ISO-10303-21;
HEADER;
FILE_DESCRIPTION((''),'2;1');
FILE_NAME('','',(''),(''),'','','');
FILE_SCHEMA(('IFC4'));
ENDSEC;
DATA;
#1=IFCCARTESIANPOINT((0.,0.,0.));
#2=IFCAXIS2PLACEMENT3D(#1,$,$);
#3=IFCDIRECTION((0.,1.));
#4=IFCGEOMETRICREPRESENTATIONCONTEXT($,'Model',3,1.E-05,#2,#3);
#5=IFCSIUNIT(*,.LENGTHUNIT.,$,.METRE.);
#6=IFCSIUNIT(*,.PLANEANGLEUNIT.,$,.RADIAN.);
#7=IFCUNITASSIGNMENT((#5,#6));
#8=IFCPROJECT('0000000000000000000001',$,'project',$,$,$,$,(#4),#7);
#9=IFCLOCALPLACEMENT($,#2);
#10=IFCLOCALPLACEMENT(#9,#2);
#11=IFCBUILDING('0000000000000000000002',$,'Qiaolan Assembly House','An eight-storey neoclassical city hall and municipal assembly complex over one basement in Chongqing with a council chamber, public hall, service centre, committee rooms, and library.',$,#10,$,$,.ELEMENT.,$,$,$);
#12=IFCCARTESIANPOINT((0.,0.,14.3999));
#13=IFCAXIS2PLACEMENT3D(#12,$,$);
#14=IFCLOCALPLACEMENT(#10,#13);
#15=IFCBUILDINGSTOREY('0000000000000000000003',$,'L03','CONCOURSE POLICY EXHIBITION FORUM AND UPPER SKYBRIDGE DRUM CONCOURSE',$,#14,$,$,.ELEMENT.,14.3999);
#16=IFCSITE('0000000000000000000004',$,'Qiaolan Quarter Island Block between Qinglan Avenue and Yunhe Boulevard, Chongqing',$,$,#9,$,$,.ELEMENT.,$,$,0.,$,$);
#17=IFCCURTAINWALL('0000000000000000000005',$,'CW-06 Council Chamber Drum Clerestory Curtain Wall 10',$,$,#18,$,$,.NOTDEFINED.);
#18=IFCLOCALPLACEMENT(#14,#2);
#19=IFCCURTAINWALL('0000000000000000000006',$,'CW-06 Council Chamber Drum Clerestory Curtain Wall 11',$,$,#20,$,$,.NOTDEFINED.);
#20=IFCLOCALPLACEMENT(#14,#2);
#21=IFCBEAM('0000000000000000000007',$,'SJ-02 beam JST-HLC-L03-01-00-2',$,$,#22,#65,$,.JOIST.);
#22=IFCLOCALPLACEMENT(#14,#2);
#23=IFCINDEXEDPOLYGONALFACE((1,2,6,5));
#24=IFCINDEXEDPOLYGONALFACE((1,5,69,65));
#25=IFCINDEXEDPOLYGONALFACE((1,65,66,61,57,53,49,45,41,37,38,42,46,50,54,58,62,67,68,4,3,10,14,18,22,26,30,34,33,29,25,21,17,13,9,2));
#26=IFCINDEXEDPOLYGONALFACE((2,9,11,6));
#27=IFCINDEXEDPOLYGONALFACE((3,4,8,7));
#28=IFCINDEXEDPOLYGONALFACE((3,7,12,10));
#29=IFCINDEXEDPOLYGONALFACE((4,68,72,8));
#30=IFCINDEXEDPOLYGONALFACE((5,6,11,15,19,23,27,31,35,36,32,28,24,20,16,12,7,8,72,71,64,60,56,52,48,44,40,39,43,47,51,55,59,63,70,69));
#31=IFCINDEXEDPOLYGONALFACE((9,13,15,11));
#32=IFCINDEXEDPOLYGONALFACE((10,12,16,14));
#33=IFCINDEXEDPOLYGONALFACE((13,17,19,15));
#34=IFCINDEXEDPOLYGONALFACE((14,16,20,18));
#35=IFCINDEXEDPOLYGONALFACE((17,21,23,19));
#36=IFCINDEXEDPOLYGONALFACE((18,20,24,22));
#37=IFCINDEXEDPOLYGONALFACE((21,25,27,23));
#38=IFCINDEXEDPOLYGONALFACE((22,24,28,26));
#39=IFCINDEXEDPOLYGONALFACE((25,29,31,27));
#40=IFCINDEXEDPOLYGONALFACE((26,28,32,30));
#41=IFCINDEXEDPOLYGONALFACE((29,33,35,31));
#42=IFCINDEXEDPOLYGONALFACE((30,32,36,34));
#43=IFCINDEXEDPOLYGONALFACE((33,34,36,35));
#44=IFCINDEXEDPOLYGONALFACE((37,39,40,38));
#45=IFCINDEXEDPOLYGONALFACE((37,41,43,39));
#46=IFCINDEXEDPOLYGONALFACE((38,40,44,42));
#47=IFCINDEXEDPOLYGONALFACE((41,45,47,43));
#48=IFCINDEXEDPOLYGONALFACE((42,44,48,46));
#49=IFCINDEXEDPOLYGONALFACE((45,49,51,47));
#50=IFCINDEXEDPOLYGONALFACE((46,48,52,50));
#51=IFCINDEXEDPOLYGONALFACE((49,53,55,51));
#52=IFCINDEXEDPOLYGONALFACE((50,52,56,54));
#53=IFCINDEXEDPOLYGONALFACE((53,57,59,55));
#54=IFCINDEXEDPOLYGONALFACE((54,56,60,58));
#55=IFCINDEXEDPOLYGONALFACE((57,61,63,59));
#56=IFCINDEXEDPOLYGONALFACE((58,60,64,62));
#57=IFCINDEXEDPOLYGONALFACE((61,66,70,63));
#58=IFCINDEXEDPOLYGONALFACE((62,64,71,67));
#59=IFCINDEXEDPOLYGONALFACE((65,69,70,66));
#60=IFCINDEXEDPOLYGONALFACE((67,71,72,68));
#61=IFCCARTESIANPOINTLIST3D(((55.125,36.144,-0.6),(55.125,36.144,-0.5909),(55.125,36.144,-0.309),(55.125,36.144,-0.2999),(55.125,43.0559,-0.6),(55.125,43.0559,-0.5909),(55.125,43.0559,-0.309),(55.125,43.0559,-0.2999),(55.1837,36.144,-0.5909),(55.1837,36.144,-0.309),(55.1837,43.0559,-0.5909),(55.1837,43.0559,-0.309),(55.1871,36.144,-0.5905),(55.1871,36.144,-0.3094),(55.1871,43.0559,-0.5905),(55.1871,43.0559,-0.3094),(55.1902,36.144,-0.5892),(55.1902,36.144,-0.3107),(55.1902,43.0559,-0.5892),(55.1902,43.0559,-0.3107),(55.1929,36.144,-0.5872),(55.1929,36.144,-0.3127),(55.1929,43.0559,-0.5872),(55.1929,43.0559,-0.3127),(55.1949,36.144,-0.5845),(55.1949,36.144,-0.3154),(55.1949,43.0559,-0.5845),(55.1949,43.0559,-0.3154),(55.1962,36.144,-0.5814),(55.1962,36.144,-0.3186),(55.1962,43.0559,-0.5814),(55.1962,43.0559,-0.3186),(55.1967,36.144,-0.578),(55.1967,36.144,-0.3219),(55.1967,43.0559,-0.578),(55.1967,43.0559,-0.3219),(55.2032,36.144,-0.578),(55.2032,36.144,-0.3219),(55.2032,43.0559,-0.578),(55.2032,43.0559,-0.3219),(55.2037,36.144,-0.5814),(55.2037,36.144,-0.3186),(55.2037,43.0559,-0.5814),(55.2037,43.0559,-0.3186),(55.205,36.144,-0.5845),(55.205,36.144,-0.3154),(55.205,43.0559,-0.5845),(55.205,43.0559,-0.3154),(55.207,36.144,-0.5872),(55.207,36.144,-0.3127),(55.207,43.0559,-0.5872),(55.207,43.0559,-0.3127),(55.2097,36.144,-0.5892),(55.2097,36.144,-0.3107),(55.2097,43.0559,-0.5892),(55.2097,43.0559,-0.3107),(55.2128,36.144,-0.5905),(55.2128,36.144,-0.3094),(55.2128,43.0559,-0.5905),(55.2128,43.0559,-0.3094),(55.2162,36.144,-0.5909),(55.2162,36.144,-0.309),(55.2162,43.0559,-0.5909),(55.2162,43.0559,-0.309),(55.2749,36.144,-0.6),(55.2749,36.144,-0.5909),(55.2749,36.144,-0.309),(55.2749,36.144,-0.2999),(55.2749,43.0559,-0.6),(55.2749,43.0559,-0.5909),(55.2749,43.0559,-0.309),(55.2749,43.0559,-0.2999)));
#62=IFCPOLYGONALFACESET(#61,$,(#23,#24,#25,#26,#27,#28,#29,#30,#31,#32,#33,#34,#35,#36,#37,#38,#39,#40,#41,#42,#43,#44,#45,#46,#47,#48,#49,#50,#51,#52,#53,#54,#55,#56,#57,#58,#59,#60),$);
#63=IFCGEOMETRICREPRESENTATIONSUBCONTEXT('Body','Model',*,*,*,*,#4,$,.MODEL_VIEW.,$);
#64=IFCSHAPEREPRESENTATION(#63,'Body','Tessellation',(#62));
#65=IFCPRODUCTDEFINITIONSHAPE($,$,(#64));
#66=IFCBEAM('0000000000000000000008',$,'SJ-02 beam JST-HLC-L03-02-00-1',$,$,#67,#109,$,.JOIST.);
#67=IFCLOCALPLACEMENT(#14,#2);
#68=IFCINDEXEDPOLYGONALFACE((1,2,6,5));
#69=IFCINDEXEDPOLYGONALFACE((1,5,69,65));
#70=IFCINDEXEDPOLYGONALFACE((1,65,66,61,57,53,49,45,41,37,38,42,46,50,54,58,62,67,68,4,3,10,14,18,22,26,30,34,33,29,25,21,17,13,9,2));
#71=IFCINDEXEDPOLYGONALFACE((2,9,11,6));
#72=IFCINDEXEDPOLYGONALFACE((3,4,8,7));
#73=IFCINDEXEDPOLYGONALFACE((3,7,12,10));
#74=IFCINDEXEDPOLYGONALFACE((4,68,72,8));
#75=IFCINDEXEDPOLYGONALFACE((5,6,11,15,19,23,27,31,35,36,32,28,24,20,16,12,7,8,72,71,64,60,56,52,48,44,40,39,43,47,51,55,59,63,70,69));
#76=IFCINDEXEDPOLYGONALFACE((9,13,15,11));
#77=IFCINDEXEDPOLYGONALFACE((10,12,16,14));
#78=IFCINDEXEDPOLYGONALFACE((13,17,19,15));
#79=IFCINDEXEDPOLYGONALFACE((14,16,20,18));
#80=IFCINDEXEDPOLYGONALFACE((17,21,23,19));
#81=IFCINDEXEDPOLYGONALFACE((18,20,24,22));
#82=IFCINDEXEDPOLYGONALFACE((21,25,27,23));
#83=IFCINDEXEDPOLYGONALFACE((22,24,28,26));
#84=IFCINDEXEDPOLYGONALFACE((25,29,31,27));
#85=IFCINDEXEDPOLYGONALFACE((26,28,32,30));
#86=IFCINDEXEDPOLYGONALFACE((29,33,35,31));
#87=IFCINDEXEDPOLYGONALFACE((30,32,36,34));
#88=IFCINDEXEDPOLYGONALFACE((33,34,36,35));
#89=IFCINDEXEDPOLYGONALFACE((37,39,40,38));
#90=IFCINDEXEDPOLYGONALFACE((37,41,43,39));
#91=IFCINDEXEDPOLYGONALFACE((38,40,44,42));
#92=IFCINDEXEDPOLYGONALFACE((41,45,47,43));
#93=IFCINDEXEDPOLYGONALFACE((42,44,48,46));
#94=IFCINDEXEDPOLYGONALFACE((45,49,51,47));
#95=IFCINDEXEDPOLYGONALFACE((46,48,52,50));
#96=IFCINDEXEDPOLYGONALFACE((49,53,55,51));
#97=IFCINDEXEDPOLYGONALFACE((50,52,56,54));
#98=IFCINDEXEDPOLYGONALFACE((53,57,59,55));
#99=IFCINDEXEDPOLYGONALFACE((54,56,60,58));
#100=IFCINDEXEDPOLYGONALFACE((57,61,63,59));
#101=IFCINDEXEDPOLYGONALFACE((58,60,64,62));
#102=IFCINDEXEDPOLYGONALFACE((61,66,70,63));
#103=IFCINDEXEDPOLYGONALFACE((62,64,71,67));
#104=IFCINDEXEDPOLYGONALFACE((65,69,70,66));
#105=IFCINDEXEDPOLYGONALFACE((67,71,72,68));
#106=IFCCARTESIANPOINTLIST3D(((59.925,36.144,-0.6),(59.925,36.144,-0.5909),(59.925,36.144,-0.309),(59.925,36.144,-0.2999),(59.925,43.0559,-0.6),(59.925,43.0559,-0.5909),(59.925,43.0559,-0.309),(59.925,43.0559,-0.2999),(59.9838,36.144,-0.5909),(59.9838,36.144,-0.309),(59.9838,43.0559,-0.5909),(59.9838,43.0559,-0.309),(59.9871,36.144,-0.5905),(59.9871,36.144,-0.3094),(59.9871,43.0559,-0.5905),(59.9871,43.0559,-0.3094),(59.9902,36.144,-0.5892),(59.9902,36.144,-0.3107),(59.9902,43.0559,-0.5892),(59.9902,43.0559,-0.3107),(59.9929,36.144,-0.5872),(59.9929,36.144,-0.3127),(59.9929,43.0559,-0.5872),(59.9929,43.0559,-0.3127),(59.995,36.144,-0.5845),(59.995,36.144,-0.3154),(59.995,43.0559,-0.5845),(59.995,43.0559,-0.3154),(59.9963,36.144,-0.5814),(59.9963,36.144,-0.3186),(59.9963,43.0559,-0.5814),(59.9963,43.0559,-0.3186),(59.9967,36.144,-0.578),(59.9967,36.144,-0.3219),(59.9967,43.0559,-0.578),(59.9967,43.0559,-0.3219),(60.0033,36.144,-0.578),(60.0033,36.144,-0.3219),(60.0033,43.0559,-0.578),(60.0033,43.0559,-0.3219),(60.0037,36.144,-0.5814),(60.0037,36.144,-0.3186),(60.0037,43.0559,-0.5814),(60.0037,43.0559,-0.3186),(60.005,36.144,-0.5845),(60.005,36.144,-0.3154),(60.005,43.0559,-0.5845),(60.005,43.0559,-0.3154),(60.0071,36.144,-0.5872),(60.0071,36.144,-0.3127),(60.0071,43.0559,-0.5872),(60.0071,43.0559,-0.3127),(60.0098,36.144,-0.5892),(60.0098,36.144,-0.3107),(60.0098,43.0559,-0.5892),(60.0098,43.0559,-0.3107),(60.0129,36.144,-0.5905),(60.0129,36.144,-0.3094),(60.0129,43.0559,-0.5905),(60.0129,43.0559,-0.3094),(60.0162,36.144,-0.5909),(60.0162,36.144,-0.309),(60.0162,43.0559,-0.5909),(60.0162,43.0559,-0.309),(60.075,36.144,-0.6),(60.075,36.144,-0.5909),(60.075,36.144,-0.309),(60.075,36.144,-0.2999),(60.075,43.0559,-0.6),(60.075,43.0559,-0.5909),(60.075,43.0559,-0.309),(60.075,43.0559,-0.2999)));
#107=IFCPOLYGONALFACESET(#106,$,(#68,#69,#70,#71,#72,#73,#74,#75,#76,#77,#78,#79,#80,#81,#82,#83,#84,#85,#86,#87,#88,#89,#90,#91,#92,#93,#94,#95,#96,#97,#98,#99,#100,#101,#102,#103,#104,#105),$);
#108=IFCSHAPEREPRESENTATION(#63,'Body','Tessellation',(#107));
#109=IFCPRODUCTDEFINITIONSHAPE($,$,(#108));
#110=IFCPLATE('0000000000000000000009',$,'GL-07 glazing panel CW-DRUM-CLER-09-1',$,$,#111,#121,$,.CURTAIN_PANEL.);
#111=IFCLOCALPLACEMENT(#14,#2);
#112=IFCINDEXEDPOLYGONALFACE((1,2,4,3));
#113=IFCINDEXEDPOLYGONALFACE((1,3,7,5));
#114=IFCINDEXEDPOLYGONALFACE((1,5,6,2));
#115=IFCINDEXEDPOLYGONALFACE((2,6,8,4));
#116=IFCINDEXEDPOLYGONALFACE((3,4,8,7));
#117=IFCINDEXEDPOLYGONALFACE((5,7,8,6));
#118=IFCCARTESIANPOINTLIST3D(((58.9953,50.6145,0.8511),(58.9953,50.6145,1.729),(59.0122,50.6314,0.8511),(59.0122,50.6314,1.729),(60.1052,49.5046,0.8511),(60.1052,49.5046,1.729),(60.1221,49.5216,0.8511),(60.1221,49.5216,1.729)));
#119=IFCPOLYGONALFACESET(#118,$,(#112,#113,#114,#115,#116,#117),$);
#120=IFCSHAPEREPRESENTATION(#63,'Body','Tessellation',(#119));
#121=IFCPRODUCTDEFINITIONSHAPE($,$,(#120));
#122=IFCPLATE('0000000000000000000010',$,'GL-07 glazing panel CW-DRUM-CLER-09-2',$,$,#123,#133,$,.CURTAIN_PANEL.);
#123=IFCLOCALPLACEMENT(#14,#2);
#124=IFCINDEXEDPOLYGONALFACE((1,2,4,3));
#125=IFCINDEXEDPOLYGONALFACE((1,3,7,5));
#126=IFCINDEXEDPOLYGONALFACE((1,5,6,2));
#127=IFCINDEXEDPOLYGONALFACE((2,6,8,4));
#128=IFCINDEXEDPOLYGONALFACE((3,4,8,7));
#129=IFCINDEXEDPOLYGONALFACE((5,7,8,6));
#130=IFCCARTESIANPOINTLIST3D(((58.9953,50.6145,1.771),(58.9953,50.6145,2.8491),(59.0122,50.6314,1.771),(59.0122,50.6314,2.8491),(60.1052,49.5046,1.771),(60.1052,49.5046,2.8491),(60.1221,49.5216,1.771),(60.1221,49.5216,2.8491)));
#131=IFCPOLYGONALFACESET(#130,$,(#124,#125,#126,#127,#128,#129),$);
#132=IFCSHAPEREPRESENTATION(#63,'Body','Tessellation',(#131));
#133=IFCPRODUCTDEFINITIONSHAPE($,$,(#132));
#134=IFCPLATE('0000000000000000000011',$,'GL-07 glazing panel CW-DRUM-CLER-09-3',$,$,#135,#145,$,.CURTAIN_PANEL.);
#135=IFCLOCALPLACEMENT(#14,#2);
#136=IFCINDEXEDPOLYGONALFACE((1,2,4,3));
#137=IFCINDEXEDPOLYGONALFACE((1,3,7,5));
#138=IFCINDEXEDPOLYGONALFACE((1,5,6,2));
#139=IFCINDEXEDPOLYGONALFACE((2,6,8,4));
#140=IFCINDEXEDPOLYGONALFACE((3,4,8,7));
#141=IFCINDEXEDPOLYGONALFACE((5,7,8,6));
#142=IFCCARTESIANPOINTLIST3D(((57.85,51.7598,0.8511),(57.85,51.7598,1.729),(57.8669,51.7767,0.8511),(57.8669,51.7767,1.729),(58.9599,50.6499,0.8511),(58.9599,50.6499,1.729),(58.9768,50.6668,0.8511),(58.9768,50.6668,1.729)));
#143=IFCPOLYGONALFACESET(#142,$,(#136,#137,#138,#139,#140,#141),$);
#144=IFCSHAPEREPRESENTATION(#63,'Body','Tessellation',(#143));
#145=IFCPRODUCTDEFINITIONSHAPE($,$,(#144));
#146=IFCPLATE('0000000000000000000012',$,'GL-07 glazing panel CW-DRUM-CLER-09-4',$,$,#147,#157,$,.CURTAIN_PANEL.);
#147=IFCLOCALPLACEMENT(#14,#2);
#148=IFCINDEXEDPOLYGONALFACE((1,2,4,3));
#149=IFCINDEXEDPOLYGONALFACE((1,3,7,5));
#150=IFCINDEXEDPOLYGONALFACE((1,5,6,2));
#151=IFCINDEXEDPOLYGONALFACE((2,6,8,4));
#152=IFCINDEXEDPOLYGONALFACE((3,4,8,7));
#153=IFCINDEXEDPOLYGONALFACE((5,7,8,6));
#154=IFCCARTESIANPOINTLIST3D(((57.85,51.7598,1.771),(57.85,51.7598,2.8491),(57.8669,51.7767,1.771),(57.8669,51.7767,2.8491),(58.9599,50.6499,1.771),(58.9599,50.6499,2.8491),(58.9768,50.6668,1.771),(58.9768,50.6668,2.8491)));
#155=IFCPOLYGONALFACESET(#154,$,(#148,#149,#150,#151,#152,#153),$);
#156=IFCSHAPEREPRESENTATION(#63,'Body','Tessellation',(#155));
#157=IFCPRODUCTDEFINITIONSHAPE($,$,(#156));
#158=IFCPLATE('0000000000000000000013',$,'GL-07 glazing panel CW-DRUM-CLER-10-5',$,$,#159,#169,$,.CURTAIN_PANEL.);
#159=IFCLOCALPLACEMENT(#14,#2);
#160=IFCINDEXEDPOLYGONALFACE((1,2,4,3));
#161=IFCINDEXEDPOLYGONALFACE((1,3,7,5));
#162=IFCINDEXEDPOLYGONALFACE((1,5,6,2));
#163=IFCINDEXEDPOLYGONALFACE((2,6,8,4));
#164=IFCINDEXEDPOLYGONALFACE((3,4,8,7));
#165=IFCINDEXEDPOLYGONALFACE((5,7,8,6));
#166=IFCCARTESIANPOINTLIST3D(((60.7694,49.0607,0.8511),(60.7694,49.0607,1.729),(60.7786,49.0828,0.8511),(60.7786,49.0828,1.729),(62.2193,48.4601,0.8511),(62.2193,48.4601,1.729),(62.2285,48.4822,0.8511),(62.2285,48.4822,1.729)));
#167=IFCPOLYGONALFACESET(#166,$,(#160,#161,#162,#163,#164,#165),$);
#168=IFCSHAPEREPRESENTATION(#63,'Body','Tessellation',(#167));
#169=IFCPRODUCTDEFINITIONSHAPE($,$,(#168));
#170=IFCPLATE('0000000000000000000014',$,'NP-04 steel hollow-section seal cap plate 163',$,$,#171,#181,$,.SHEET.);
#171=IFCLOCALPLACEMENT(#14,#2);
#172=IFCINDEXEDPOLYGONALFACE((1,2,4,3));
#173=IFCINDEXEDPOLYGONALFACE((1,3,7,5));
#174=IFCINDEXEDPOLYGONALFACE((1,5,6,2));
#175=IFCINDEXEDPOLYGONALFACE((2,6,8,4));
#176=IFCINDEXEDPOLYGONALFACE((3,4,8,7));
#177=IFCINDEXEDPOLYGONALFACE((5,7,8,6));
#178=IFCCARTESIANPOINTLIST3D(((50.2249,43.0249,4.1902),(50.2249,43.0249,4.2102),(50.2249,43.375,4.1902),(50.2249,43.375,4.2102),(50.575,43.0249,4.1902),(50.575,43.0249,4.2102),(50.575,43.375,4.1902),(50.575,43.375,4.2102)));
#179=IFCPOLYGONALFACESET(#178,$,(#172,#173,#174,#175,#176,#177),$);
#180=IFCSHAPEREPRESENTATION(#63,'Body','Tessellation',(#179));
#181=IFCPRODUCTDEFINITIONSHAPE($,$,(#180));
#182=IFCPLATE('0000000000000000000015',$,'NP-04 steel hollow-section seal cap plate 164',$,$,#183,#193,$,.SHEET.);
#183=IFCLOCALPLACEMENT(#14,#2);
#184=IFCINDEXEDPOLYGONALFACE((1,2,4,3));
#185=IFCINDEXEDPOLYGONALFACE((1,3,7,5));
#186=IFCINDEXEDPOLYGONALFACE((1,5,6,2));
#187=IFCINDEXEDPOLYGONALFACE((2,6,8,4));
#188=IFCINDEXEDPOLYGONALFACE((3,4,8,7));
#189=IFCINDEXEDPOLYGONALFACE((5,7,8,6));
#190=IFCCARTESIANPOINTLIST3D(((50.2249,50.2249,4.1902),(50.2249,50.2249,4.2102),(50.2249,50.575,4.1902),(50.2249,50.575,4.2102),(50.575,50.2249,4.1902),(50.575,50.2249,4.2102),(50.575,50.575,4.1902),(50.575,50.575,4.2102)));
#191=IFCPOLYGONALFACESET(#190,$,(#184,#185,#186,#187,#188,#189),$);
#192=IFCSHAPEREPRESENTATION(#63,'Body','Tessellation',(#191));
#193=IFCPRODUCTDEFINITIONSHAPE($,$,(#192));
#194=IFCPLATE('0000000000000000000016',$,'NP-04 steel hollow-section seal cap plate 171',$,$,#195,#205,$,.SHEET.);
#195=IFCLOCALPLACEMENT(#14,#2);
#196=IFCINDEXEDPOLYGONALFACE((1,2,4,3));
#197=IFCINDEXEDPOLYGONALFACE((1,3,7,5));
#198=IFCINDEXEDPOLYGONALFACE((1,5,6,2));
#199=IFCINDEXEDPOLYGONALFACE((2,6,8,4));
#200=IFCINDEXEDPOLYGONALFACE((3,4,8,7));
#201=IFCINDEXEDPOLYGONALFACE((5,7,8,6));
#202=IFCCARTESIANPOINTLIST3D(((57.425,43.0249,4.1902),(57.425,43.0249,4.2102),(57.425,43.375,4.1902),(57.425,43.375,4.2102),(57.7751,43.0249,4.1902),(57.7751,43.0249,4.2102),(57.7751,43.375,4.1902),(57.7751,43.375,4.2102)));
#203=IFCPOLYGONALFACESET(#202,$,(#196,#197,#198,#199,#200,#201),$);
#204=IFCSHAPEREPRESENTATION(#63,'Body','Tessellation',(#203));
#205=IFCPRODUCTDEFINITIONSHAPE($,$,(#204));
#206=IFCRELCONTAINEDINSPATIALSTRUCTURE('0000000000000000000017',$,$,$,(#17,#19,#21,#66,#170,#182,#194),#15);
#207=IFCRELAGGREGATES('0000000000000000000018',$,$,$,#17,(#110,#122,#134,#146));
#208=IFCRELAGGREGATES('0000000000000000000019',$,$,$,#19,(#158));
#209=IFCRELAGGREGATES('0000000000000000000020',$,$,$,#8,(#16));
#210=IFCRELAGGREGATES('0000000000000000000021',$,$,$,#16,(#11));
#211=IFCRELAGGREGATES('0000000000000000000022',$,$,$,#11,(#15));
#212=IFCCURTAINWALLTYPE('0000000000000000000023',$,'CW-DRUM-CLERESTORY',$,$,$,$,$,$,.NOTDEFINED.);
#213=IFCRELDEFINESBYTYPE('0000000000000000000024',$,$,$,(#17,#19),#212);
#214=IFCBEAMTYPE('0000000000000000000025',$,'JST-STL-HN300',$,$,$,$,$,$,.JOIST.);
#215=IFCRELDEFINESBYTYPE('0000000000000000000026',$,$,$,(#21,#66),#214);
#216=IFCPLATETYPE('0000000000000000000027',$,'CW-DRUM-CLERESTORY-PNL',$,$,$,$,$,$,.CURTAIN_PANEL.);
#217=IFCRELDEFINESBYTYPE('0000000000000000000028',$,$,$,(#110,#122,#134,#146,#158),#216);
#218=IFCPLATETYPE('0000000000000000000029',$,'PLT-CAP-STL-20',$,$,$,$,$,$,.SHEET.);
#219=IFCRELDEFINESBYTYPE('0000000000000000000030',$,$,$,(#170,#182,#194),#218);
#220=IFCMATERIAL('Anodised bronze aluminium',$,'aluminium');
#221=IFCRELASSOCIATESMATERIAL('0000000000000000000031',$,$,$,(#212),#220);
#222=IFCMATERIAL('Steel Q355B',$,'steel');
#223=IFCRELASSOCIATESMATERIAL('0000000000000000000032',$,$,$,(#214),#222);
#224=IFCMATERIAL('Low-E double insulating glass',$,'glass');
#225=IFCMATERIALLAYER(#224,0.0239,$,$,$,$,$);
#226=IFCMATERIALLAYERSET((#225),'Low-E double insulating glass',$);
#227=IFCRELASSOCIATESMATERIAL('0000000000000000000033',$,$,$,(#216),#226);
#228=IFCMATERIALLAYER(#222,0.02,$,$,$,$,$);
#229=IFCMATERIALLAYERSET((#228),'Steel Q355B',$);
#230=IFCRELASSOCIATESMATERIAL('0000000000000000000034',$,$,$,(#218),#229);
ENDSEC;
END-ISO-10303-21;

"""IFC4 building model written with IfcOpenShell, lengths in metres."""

from ifc_helpers import new_model, si_unit, direction, frame, frame_2d, origin, origin_2d, place, context, subcontext, project, spatial, rectangle, i_section, extrude, material, layer, layer_set, material_profile, profile_set, type_object, element, aggregate, save


model = new_model("IFC4")

# Units and contexts
model_context = context("Model", 3, precision=1e-05, world=origin(), true_north=direction((0.0, 1.0)))
body_context = subcontext(model_context, "Body", "Model", "MODEL_VIEW")
ifc_project = project(units=[si_unit("LENGTHUNIT", "METRE"), si_unit("PLANEANGLEUNIT", "RADIAN")], contexts=[model_context])

# Site, building, storey
site_placement = place(None, origin())
site = spatial("IfcSite", under=ifc_project, at=site_placement, Name="Qiaolan Quarter Island Block between Qinglan Avenue and Yunhe Boulevard, Chongqing", CompositionType="ELEMENT", RefElevation=0.0)
building_placement = place(site_placement, origin())
building = spatial("IfcBuilding", under=site, at=building_placement, Name="Qiaolan Assembly House", Description="An eight-storey neoclassical city hall and municipal assembly complex over one basement in Chongqing with a council chamber, public hall, service centre, committee rooms, and library.", CompositionType="ELEMENT")
storey_placement = place(building_placement, frame((0.0, 0.0, 14.3999)))
storey = spatial("IfcBuildingStorey", under=building, at=storey_placement, Name="L03", Description="CONCOURSE POLICY EXHIBITION FORUM AND UPPER SKYBRIDGE DRUM CONCOURSE", CompositionType="ELEMENT", Elevation=14.3999)

# Shared definitions
ifc_material_1 = material(Name="Steel Q355B", Category="steel")

# Curtain wall
ifc_material_2 = material(Name="Anodised bronze aluminium", Category="aluminium")
curtain_wall_type_1 = type_object("IfcCurtainWallType", Name="CW-DRUM-CLERESTORY", PredefinedType="NOTDEFINED", material=ifc_material_2)
curtain_wall_1_placement = place(storey_placement, origin())
curtain_wall_1 = element("IfcCurtainWall", 1, at=curtain_wall_1_placement, inside=storey, type_object=curtain_wall_type_1, Name="CW-06 Council Chamber Drum Clerestory Curtain Wall 10", PredefinedType="NOTDEFINED")

# Curtain wall
curtain_wall_2_placement = place(storey_placement, origin())
curtain_wall_2 = element("IfcCurtainWall", 2, at=curtain_wall_2_placement, inside=storey, type_object=curtain_wall_type_1, Name="CW-06 Council Chamber Drum Clerestory Curtain Wall 11", PredefinedType="NOTDEFINED")

# Beams
ifc_material_profile_1 = material_profile(ifc_material_1, i_section(OverallWidth=0.1499, OverallDepth=0.3, WebThickness=0.0066, FlangeThickness=0.009, FilletRadius=0.0129, at=origin_2d()), Name="HN 300x150x6.5x9")
ifc_profile_set_1 = profile_set([ifc_material_profile_1], Name="Steel Q355B")
beam_type_1 = type_object("IfcBeamType", Name="JST-STL-HN300", PredefinedType="JOIST", material=ifc_profile_set_1)
for number, where, z_axis, x_axis, name in (
    (3, (55.2, 36.144, -0.45), (0.0, 1.0, 0.0), (-1.0, 0.0, 0.0), "SJ-02 beam JST-HLC-L03-01-00-2"),
    (4, (60.0, 36.144, -0.45), (0.0, 1.0, 0.0), (-1.0, 0.0, 0.0), "SJ-02 beam JST-HLC-L03-02-00-1"),
):
    element("IfcBeam", number, at=place(storey_placement, frame(where, z_axis=z_axis, x_axis=x_axis)), inside=storey, type_object=beam_type_1, Name=name, PredefinedType="JOIST", context=body_context, shape_type="SweptSolid", body=[
        extrude(i_section(OverallWidth=0.1499, OverallDepth=0.3, WebThickness=0.0066, FlangeThickness=0.009, FilletRadius=0.0129, at=origin_2d()), origin(), (0.0, 0.0, 1.0), 6.9119),
    ])

# Plates
ifc_material_3 = material(Name="Low-E double insulating glass", Category="glass")
ifc_layer_1 = layer(ifc_material_3, 0.0239)
ifc_layer_set_1 = layer_set([ifc_layer_1], Name="Low-E double insulating glass")
plate_type_1 = type_object("IfcPlateType", Name="CW-DRUM-CLERESTORY-PNL", PredefinedType="CURTAIN_PANEL", material=ifc_layer_set_1)
plate_1_placement = place(storey_placement, frame((60.1135, 49.5132, 0.8511), z_axis=(0.0, 0.0, 1.0), x_axis=(-0.707107, 0.707107, 0.0)))
plate_1 = element("IfcPlate", 5, at=plate_1_placement, type_object=plate_type_1, Name="GL-07 glazing panel CW-DRUM-CLER-09-1", PredefinedType="CURTAIN_PANEL", context=body_context, shape_type="SweptSolid", body=[
    extrude(rectangle(XDim=1.5696, YDim=0.0239, at=frame_2d((0.7847, 0.0))), origin(), (0.0, 0.0, 1.0), 0.8779),
])
plate_2_placement = place(storey_placement, frame((60.1135, 49.5132, 1.771), z_axis=(0.0, 0.0, 1.0), x_axis=(-0.707107, 0.707107, 0.0)))
plate_2 = element("IfcPlate", 6, at=plate_2_placement, type_object=plate_type_1, Name="GL-07 glazing panel CW-DRUM-CLER-09-2", PredefinedType="CURTAIN_PANEL", context=body_context, shape_type="SweptSolid", body=[
    extrude(rectangle(XDim=1.5696, YDim=0.0239, at=frame_2d((0.7847, 0.0))), origin(), (0.0, 0.0, 1.0), 1.0781),
])
plate_3_placement = place(storey_placement, frame((58.9683, 50.6584, 0.8511), z_axis=(0.0, 0.0, 1.0), x_axis=(-0.707107, 0.707107, 0.0)))
plate_3 = element("IfcPlate", 7, at=plate_3_placement, type_object=plate_type_1, Name="GL-07 glazing panel CW-DRUM-CLER-09-3", PredefinedType="CURTAIN_PANEL", context=body_context, shape_type="SweptSolid", body=[
    extrude(rectangle(XDim=1.5696, YDim=0.0239, at=frame_2d((0.7847, 0.0))), origin(), (0.0, 0.0, 1.0), 0.8779),
])
plate_4_placement = place(storey_placement, frame((58.9683, 50.6584, 1.771), z_axis=(0.0, 0.0, 1.0), x_axis=(-0.707107, 0.707107, 0.0)))
plate_4 = element("IfcPlate", 8, at=plate_4_placement, type_object=plate_type_1, Name="GL-07 glazing panel CW-DRUM-CLER-09-4", PredefinedType="CURTAIN_PANEL", context=body_context, shape_type="SweptSolid", body=[
    extrude(rectangle(XDim=1.5696, YDim=0.0239, at=frame_2d((0.7847, 0.0))), origin(), (0.0, 0.0, 1.0), 1.0781),
])
aggregate(curtain_wall_1, [plate_1, plate_2, plate_3, plate_4])
plate_5_placement = place(storey_placement, frame((62.2239, 48.4712, 0.8511), z_axis=(0.0, 0.0, 1.0), x_axis=(-0.92388, 0.382682, 0.0)))
plate_5 = element("IfcPlate", 9, at=plate_5_placement, type_object=plate_type_1, Name="GL-07 glazing panel CW-DRUM-CLER-10-5", PredefinedType="CURTAIN_PANEL", context=body_context, shape_type="SweptSolid", body=[
    extrude(rectangle(XDim=1.5693, YDim=0.0239, at=frame_2d((0.7847, 0.0))), origin(), (0.0, 0.0, 1.0), 0.8779),
])
aggregate(curtain_wall_2, [plate_5])

# Plates
ifc_layer_2 = layer(ifc_material_1, 0.02)
ifc_layer_set_2 = layer_set([ifc_layer_2], Name="Steel Q355B")
plate_type_2 = type_object("IfcPlateType", Name="PLT-CAP-STL-20", PredefinedType="SHEET", material=ifc_layer_set_2)
for number, where, z_axis, x_axis, name in (
    (10, (50.3999, 43.2, 4.1902), (0.0, 0.0, 1.0), (1.0, 0.0, 0.0), "NP-04 steel hollow-section seal cap plate 163"),
    (11, (50.3999, 50.3999, 4.1902), (0.0, 0.0, 1.0), (1.0, 0.0, 0.0), "NP-04 steel hollow-section seal cap plate 164"),
    (12, (57.6001, 43.2, 4.1902), (0.0, 0.0, 1.0), (1.0, 0.0, 0.0), "NP-04 steel hollow-section seal cap plate 171"),
):
    element("IfcPlate", number, at=place(storey_placement, frame(where, z_axis=z_axis, x_axis=x_axis)), inside=storey, type_object=plate_type_2, Name=name, PredefinedType="SHEET", context=body_context, shape_type="SweptSolid", body=[
        extrude(rectangle(XDim=0.3501, YDim=0.3501, at=origin_2d()), origin(), (0.0, 0.0, 1.0), 0.02),
    ])

save(model, "model.ifc")
